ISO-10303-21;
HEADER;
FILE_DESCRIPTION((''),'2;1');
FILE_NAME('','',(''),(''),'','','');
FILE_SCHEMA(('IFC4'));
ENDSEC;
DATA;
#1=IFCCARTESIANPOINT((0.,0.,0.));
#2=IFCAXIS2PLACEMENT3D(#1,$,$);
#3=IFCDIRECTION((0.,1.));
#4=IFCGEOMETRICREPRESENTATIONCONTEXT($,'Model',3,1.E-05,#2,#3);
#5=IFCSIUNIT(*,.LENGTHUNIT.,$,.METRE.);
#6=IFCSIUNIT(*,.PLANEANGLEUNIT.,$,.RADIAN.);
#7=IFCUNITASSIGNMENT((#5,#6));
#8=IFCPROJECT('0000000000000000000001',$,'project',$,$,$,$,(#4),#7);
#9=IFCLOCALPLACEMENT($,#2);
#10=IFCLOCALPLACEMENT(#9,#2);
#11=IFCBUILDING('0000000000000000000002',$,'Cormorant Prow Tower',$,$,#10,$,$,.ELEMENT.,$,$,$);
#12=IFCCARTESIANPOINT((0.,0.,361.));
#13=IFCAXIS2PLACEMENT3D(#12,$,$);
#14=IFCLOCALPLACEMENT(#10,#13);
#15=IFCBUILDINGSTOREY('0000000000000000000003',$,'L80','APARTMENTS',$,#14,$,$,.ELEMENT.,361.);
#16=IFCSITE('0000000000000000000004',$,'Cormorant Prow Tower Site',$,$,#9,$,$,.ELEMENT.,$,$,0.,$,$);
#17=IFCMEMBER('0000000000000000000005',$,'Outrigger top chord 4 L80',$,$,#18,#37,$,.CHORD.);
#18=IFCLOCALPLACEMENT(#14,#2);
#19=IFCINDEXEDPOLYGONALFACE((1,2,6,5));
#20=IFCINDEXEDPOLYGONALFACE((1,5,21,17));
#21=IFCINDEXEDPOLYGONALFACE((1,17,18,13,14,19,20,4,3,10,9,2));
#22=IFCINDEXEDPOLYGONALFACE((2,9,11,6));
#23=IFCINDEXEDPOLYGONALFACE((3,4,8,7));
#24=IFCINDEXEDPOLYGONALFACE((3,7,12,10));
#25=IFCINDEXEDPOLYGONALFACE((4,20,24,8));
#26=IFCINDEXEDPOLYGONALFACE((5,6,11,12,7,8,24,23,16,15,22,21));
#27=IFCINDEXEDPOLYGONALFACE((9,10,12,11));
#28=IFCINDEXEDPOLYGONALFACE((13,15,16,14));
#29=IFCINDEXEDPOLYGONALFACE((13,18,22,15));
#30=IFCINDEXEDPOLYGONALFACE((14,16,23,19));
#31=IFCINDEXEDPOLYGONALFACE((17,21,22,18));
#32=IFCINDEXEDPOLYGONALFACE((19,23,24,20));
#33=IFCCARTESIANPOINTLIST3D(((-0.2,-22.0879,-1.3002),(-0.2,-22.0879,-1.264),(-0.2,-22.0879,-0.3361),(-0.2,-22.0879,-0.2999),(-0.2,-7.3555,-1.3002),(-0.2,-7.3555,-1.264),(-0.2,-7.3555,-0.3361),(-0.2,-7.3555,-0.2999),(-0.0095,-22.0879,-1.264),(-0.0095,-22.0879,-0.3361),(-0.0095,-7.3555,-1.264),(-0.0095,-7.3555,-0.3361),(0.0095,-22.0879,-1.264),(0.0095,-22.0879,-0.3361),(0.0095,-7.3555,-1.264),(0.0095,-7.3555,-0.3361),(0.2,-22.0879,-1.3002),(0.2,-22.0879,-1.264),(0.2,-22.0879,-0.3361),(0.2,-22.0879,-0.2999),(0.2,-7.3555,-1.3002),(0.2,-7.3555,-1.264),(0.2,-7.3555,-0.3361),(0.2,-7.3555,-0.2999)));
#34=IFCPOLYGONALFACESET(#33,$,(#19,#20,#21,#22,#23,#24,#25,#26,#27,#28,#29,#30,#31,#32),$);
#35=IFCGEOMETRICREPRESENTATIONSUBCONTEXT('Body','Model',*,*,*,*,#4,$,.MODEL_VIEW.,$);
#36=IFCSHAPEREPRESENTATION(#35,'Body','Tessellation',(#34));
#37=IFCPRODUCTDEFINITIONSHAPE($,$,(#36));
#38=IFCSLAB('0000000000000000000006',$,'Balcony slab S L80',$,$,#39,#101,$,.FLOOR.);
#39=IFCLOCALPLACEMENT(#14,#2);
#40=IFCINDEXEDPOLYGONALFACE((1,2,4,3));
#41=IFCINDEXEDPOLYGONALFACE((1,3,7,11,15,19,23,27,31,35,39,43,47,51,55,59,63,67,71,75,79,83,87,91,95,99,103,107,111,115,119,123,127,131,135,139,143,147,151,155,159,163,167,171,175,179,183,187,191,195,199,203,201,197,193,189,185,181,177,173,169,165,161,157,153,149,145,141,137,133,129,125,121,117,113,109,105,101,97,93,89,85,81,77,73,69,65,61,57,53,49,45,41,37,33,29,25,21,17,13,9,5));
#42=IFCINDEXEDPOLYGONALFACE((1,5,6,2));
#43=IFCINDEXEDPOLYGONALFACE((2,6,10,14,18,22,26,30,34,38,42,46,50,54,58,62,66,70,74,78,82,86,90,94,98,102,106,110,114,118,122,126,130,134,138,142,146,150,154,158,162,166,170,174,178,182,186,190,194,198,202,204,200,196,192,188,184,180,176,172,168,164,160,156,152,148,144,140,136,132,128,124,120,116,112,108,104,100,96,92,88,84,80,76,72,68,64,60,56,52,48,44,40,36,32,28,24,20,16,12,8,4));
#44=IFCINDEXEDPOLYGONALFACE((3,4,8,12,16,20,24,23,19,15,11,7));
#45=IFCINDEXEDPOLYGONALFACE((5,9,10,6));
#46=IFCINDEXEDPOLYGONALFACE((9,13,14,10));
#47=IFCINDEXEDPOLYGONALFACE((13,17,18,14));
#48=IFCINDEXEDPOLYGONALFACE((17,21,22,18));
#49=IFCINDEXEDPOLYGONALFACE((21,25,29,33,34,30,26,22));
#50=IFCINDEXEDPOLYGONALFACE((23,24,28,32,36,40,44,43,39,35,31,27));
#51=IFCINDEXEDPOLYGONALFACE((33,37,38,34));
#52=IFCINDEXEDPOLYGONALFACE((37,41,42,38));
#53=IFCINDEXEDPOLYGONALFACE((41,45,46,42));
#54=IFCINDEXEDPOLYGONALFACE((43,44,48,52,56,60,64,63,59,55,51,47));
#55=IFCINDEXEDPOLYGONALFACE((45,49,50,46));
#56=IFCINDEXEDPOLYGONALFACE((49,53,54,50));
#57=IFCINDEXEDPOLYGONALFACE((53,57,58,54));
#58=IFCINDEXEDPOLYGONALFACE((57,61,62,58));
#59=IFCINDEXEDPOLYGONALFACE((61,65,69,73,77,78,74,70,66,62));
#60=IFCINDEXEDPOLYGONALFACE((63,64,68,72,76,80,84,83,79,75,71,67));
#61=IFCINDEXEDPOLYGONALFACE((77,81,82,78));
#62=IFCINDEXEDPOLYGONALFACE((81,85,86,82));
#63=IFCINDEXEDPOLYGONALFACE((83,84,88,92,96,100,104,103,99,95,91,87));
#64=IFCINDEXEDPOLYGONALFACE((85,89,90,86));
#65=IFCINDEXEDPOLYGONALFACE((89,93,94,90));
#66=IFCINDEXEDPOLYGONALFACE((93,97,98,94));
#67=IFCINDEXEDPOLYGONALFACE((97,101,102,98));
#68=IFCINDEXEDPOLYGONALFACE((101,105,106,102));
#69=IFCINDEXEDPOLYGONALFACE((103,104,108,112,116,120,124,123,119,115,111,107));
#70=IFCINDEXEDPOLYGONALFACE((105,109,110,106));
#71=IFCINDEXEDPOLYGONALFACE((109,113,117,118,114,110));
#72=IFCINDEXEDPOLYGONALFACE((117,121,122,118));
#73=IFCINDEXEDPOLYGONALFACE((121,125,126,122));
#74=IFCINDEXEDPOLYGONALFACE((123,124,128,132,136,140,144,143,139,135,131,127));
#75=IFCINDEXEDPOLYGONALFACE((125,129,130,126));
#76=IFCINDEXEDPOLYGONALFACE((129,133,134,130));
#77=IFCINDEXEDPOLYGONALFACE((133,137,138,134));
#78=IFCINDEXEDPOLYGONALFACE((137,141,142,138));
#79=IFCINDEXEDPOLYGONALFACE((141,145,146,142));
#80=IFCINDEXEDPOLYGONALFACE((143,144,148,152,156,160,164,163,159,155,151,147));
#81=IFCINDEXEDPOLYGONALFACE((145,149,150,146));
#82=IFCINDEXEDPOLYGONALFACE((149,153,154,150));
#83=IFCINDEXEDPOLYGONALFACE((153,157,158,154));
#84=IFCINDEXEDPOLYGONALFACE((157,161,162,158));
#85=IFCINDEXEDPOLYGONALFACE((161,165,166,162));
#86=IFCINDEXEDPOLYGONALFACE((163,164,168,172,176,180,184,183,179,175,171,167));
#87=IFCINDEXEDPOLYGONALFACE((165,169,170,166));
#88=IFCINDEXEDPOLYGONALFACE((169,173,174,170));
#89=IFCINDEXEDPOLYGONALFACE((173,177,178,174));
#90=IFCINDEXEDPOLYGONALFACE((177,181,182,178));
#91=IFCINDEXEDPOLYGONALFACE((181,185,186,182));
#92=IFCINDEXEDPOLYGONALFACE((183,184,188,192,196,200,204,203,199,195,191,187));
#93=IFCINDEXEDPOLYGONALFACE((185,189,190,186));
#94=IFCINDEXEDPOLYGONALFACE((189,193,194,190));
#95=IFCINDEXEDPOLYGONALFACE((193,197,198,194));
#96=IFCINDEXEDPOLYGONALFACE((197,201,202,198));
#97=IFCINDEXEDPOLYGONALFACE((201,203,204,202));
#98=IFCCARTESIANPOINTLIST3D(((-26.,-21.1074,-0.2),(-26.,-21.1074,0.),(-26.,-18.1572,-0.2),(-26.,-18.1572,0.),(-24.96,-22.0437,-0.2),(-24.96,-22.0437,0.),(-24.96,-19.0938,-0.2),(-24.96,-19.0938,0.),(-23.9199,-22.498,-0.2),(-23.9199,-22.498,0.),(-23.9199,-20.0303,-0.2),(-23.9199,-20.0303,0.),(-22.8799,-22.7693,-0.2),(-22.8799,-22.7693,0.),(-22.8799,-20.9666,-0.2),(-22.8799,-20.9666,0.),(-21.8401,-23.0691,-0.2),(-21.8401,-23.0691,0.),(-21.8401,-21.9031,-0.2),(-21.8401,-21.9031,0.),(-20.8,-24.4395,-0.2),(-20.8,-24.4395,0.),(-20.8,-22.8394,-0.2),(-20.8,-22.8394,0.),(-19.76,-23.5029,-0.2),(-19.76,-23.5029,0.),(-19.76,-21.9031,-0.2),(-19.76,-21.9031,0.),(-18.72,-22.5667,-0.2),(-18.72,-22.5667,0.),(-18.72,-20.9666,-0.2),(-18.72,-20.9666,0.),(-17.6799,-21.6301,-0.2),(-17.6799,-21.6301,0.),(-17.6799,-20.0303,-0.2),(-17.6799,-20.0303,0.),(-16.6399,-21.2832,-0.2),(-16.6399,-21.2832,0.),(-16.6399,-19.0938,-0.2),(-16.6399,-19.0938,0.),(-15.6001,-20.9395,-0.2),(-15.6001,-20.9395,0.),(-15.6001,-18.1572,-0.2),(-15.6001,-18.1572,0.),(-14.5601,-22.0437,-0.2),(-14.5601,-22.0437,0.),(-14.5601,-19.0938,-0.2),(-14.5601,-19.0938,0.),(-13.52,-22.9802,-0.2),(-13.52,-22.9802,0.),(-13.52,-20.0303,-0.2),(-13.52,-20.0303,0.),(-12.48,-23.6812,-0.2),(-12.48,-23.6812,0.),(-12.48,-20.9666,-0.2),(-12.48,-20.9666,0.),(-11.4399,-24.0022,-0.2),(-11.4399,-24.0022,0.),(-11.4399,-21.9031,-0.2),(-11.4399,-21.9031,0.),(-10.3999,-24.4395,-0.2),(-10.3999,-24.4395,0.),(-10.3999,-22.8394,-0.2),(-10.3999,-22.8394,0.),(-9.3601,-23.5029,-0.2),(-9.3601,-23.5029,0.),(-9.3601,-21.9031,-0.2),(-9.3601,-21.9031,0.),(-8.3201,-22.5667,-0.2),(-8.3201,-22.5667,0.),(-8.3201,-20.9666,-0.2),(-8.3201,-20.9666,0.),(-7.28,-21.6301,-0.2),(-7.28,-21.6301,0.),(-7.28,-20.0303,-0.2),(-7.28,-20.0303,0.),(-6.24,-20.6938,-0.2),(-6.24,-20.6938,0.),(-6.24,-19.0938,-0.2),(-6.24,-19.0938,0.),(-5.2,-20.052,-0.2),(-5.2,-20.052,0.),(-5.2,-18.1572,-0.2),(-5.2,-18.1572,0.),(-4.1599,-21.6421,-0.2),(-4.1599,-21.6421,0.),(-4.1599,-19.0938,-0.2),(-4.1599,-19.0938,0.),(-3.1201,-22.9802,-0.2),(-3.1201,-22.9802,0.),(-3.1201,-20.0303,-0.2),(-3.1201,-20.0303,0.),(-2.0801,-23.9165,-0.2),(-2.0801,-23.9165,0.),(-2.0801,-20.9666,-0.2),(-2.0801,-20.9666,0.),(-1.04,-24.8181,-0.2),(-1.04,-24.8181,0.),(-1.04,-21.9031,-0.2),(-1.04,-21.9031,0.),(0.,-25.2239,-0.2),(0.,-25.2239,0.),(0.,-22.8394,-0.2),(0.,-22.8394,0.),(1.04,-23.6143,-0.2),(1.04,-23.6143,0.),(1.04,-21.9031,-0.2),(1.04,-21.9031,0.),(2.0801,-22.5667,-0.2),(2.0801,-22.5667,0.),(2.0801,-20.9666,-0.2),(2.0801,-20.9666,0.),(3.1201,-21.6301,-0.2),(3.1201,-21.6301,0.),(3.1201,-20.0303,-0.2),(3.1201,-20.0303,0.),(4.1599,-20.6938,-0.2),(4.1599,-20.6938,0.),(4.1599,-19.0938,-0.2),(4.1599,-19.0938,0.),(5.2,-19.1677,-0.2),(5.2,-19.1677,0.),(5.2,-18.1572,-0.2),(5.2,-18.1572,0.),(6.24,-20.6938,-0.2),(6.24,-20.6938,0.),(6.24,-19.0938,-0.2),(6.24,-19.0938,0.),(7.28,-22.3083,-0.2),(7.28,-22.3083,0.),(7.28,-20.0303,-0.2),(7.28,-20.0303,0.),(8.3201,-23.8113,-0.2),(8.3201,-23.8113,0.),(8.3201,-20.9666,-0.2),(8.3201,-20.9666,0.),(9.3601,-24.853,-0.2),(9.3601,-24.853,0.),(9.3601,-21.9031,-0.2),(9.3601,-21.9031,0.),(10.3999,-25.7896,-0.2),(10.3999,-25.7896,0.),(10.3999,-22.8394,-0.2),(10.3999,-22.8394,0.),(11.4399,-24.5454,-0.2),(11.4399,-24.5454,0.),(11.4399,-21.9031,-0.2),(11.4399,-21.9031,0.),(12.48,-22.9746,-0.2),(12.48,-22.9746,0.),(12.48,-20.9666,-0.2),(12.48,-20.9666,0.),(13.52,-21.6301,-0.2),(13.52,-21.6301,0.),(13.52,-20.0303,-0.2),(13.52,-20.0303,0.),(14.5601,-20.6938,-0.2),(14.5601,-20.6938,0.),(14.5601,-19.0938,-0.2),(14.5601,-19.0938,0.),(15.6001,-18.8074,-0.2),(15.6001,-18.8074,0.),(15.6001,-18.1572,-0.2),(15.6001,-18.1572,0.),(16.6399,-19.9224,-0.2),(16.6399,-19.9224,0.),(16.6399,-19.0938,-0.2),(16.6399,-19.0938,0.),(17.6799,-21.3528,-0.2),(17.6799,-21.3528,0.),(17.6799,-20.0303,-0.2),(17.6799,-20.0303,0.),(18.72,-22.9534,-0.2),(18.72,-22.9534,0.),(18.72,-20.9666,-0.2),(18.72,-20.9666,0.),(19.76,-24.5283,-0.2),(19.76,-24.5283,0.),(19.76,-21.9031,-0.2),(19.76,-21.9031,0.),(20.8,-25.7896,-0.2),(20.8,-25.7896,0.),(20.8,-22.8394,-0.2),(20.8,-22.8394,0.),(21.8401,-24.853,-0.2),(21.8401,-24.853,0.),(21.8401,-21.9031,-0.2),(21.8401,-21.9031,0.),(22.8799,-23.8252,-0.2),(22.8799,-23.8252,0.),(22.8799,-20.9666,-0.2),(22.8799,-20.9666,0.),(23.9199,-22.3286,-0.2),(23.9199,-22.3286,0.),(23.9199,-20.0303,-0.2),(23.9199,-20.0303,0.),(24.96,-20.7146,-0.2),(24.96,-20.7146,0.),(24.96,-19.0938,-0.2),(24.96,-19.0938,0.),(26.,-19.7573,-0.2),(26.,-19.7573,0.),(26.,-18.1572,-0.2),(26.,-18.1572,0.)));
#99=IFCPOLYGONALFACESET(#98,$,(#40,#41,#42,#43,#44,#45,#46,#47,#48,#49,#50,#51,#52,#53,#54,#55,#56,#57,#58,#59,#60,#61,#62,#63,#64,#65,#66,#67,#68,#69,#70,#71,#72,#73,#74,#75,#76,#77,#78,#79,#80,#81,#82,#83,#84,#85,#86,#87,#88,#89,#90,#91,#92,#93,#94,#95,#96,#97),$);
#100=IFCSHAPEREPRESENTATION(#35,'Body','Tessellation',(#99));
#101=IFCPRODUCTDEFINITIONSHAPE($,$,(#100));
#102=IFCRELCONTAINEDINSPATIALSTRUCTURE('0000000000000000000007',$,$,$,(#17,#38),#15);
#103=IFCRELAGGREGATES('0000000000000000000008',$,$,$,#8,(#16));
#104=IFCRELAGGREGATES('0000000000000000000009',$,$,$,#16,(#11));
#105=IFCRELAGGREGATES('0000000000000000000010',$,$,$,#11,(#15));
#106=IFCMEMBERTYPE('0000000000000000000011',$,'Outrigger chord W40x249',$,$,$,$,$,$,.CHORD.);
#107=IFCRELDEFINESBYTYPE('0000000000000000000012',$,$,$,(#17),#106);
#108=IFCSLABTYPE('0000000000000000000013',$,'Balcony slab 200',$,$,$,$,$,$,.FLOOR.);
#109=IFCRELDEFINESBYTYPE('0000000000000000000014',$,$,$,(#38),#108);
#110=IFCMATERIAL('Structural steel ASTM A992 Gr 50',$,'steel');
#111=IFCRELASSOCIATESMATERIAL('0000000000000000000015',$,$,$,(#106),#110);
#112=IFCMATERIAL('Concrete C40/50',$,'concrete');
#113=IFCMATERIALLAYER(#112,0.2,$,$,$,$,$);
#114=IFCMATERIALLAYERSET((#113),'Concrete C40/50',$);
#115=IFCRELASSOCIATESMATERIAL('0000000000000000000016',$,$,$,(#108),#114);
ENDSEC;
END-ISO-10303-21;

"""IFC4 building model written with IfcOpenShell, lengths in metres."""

from ifc_helpers import new_model, si_unit, direction, frame, origin, origin_2d, place, context, subcontext, project, spatial, polyline, i_section, outline, extrude, material, layer, layer_set, material_profile, profile_set, type_object, element, save


model = new_model("IFC4")

# Units and contexts
model_context = context("Model", 3, precision=1e-05, world=origin(), true_north=direction((0.0, 1.0)))
body_context = subcontext(model_context, "Body", "Model", "MODEL_VIEW")
ifc_project = project(units=[si_unit("LENGTHUNIT", "METRE"), si_unit("PLANEANGLEUNIT", "RADIAN")], contexts=[model_context])

# Site, building, storey
site_placement = place(None, origin())
site = spatial("IfcSite", under=ifc_project, at=site_placement, Name="Cormorant Prow Tower Site", CompositionType="ELEMENT", RefElevation=0.0)
building_placement = place(site_placement, origin())
building = spatial("IfcBuilding", under=site, at=building_placement, Name="Cormorant Prow Tower", CompositionType="ELEMENT")
storey_placement = place(building_placement, frame((0.0, 0.0, 361.0)))
storey = spatial("IfcBuildingStorey", under=building, at=storey_placement, Name="L80", Description="APARTMENTS", CompositionType="ELEMENT", Elevation=361.0)

# Member
ifc_material_1 = material(Name="Structural steel ASTM A992 Gr 50", Category="steel")
ifc_material_profile = material_profile(ifc_material_1, i_section(OverallWidth=0.3999, OverallDepth=1.0002, WebThickness=0.019, FlangeThickness=0.0361, at=origin_2d()), Name="W40x249")
ifc_profile_set = profile_set([ifc_material_profile], Name="Structural steel ASTM A992 Gr 50")
member_type = type_object("IfcMemberType", Name="Outrigger chord W40x249", PredefinedType="CHORD", material=ifc_profile_set)
member_placement = place(storey_placement, frame((0.0, -7.3555, -0.8), z_axis=(0.0, -1.0, 0.0), x_axis=(1.0, 0.0, 0.0)))
element("IfcMember", 1, at=member_placement, inside=storey, type_object=member_type, Name="Outrigger top chord 4 L80", PredefinedType="CHORD", context=body_context, shape_type="SweptSolid", body=[
    extrude(i_section(OverallWidth=0.3999, OverallDepth=1.0002, WebThickness=0.019, FlangeThickness=0.0361, at=origin_2d()), origin(), (0.0, 0.0, 1.0), 14.7324),
])

# Slab
ifc_material_2 = material(Name="Concrete C40/50", Category="concrete")
ifc_layer_1 = layer(ifc_material_2, 0.2)
ifc_layer_set_1 = layer_set([ifc_layer_1], Name="Concrete C40/50")
slab_type_1 = type_object("IfcSlabType", Name="Balcony slab 200", PredefinedType="FLOOR", material=ifc_layer_set_1)
slab_1_placement = place(storey_placement, frame((0.0, 0.0, -0.2)))
element("IfcSlab", 2, at=slab_1_placement, inside=storey, type_object=slab_type_1, Name="Balcony slab S L80", PredefinedType="FLOOR", context=body_context, shape_type="SweptSolid", body=[
    extrude(outline(polyline([(-26.0, -18.1572), (-26.0, -21.1074), (-24.96, -22.0437), (-23.9199, -22.498), (-22.8799, -22.7693), (-21.8401, -23.0691), (-20.8, -24.4395), (-19.76, -23.5029), (-18.72, -22.5667), (-17.6799, -21.6301), (-16.6399, -21.2832), (-15.6001, -20.9395), (-14.5601, -22.0437), (-13.52, -22.9802), (-12.48, -23.6812), (-11.4399, -24.0022), (-10.3999, -24.4395), (-9.3601, -23.5029), (-8.3201, -22.5667), (-7.28, -21.6301), (-6.24, -20.6938), (-5.2, -20.052), (-4.1599, -21.6421), (-3.1201, -22.9802), (-2.0801, -23.9165), (-1.04, -24.8181), (0.0, -25.2239), (1.04, -23.6143), (2.0801, -22.5667), (3.1201, -21.6301), (4.1599, -20.6938), (5.2, -19.1677), (6.24, -20.6938), (7.28, -22.3083), (8.3201, -23.8113), (9.3601, -24.853), (10.3999, -25.7896), (11.4399, -24.5454), (12.48, -22.9746), (13.52, -21.6301), (14.5601, -20.6938), (15.6001, -18.8074), (16.6399, -19.9224), (17.6799, -21.3528), (18.72, -22.9534), (19.76, -24.5283), (20.8, -25.7896), (21.8401, -24.853), (22.8799, -23.8252), (23.9199, -22.3286), (24.96, -20.7146), (26.0, -19.7573), (26.0, -18.1572), (24.96, -19.0938), (23.9199, -20.0303), (22.8799, -20.9666), (21.8401, -21.9031), (20.8, -22.8394), (19.76, -21.9031), (18.72, -20.9666), (17.6799, -20.0303), (16.6399, -19.0938), (15.6001, -18.1572), (14.5601, -19.0938), (13.52, -20.0303), (12.48, -20.9666), (11.4399, -21.9031), (10.3999, -22.8394), (9.3601, -21.9031), (8.3201, -20.9666), (7.28, -20.0303), (6.24, -19.0938), (5.2, -18.1572), (4.1599, -19.0938), (3.1201, -20.0303), (2.0801, -20.9666), (1.04, -21.9031), (0.0, -22.8394), (-1.04, -21.9031), (-2.0801, -20.9666), (-3.1201, -20.0303), (-4.1599, -19.0938), (-5.2, -18.1572), (-6.24, -19.0938), (-7.28, -20.0303), (-8.3201, -20.9666), (-9.3601, -21.9031), (-10.3999, -22.8394), (-11.4399, -21.9031), (-12.48, -20.9666), (-13.52, -20.0303), (-14.5601, -19.0938), (-15.6001, -18.1572), (-16.6399, -19.0938), (-17.6799, -20.0303), (-18.72, -20.9666), (-19.76, -21.9031), (-20.8, -22.8394), (-21.8401, -21.9031), (-22.8799, -20.9666), (-23.9199, -20.0303), (-24.96, -19.0938), (-26.0, -18.1572)])), origin(), (0.0, 0.0, 1.0), 0.2),
])

save(model, "model.ifc")
